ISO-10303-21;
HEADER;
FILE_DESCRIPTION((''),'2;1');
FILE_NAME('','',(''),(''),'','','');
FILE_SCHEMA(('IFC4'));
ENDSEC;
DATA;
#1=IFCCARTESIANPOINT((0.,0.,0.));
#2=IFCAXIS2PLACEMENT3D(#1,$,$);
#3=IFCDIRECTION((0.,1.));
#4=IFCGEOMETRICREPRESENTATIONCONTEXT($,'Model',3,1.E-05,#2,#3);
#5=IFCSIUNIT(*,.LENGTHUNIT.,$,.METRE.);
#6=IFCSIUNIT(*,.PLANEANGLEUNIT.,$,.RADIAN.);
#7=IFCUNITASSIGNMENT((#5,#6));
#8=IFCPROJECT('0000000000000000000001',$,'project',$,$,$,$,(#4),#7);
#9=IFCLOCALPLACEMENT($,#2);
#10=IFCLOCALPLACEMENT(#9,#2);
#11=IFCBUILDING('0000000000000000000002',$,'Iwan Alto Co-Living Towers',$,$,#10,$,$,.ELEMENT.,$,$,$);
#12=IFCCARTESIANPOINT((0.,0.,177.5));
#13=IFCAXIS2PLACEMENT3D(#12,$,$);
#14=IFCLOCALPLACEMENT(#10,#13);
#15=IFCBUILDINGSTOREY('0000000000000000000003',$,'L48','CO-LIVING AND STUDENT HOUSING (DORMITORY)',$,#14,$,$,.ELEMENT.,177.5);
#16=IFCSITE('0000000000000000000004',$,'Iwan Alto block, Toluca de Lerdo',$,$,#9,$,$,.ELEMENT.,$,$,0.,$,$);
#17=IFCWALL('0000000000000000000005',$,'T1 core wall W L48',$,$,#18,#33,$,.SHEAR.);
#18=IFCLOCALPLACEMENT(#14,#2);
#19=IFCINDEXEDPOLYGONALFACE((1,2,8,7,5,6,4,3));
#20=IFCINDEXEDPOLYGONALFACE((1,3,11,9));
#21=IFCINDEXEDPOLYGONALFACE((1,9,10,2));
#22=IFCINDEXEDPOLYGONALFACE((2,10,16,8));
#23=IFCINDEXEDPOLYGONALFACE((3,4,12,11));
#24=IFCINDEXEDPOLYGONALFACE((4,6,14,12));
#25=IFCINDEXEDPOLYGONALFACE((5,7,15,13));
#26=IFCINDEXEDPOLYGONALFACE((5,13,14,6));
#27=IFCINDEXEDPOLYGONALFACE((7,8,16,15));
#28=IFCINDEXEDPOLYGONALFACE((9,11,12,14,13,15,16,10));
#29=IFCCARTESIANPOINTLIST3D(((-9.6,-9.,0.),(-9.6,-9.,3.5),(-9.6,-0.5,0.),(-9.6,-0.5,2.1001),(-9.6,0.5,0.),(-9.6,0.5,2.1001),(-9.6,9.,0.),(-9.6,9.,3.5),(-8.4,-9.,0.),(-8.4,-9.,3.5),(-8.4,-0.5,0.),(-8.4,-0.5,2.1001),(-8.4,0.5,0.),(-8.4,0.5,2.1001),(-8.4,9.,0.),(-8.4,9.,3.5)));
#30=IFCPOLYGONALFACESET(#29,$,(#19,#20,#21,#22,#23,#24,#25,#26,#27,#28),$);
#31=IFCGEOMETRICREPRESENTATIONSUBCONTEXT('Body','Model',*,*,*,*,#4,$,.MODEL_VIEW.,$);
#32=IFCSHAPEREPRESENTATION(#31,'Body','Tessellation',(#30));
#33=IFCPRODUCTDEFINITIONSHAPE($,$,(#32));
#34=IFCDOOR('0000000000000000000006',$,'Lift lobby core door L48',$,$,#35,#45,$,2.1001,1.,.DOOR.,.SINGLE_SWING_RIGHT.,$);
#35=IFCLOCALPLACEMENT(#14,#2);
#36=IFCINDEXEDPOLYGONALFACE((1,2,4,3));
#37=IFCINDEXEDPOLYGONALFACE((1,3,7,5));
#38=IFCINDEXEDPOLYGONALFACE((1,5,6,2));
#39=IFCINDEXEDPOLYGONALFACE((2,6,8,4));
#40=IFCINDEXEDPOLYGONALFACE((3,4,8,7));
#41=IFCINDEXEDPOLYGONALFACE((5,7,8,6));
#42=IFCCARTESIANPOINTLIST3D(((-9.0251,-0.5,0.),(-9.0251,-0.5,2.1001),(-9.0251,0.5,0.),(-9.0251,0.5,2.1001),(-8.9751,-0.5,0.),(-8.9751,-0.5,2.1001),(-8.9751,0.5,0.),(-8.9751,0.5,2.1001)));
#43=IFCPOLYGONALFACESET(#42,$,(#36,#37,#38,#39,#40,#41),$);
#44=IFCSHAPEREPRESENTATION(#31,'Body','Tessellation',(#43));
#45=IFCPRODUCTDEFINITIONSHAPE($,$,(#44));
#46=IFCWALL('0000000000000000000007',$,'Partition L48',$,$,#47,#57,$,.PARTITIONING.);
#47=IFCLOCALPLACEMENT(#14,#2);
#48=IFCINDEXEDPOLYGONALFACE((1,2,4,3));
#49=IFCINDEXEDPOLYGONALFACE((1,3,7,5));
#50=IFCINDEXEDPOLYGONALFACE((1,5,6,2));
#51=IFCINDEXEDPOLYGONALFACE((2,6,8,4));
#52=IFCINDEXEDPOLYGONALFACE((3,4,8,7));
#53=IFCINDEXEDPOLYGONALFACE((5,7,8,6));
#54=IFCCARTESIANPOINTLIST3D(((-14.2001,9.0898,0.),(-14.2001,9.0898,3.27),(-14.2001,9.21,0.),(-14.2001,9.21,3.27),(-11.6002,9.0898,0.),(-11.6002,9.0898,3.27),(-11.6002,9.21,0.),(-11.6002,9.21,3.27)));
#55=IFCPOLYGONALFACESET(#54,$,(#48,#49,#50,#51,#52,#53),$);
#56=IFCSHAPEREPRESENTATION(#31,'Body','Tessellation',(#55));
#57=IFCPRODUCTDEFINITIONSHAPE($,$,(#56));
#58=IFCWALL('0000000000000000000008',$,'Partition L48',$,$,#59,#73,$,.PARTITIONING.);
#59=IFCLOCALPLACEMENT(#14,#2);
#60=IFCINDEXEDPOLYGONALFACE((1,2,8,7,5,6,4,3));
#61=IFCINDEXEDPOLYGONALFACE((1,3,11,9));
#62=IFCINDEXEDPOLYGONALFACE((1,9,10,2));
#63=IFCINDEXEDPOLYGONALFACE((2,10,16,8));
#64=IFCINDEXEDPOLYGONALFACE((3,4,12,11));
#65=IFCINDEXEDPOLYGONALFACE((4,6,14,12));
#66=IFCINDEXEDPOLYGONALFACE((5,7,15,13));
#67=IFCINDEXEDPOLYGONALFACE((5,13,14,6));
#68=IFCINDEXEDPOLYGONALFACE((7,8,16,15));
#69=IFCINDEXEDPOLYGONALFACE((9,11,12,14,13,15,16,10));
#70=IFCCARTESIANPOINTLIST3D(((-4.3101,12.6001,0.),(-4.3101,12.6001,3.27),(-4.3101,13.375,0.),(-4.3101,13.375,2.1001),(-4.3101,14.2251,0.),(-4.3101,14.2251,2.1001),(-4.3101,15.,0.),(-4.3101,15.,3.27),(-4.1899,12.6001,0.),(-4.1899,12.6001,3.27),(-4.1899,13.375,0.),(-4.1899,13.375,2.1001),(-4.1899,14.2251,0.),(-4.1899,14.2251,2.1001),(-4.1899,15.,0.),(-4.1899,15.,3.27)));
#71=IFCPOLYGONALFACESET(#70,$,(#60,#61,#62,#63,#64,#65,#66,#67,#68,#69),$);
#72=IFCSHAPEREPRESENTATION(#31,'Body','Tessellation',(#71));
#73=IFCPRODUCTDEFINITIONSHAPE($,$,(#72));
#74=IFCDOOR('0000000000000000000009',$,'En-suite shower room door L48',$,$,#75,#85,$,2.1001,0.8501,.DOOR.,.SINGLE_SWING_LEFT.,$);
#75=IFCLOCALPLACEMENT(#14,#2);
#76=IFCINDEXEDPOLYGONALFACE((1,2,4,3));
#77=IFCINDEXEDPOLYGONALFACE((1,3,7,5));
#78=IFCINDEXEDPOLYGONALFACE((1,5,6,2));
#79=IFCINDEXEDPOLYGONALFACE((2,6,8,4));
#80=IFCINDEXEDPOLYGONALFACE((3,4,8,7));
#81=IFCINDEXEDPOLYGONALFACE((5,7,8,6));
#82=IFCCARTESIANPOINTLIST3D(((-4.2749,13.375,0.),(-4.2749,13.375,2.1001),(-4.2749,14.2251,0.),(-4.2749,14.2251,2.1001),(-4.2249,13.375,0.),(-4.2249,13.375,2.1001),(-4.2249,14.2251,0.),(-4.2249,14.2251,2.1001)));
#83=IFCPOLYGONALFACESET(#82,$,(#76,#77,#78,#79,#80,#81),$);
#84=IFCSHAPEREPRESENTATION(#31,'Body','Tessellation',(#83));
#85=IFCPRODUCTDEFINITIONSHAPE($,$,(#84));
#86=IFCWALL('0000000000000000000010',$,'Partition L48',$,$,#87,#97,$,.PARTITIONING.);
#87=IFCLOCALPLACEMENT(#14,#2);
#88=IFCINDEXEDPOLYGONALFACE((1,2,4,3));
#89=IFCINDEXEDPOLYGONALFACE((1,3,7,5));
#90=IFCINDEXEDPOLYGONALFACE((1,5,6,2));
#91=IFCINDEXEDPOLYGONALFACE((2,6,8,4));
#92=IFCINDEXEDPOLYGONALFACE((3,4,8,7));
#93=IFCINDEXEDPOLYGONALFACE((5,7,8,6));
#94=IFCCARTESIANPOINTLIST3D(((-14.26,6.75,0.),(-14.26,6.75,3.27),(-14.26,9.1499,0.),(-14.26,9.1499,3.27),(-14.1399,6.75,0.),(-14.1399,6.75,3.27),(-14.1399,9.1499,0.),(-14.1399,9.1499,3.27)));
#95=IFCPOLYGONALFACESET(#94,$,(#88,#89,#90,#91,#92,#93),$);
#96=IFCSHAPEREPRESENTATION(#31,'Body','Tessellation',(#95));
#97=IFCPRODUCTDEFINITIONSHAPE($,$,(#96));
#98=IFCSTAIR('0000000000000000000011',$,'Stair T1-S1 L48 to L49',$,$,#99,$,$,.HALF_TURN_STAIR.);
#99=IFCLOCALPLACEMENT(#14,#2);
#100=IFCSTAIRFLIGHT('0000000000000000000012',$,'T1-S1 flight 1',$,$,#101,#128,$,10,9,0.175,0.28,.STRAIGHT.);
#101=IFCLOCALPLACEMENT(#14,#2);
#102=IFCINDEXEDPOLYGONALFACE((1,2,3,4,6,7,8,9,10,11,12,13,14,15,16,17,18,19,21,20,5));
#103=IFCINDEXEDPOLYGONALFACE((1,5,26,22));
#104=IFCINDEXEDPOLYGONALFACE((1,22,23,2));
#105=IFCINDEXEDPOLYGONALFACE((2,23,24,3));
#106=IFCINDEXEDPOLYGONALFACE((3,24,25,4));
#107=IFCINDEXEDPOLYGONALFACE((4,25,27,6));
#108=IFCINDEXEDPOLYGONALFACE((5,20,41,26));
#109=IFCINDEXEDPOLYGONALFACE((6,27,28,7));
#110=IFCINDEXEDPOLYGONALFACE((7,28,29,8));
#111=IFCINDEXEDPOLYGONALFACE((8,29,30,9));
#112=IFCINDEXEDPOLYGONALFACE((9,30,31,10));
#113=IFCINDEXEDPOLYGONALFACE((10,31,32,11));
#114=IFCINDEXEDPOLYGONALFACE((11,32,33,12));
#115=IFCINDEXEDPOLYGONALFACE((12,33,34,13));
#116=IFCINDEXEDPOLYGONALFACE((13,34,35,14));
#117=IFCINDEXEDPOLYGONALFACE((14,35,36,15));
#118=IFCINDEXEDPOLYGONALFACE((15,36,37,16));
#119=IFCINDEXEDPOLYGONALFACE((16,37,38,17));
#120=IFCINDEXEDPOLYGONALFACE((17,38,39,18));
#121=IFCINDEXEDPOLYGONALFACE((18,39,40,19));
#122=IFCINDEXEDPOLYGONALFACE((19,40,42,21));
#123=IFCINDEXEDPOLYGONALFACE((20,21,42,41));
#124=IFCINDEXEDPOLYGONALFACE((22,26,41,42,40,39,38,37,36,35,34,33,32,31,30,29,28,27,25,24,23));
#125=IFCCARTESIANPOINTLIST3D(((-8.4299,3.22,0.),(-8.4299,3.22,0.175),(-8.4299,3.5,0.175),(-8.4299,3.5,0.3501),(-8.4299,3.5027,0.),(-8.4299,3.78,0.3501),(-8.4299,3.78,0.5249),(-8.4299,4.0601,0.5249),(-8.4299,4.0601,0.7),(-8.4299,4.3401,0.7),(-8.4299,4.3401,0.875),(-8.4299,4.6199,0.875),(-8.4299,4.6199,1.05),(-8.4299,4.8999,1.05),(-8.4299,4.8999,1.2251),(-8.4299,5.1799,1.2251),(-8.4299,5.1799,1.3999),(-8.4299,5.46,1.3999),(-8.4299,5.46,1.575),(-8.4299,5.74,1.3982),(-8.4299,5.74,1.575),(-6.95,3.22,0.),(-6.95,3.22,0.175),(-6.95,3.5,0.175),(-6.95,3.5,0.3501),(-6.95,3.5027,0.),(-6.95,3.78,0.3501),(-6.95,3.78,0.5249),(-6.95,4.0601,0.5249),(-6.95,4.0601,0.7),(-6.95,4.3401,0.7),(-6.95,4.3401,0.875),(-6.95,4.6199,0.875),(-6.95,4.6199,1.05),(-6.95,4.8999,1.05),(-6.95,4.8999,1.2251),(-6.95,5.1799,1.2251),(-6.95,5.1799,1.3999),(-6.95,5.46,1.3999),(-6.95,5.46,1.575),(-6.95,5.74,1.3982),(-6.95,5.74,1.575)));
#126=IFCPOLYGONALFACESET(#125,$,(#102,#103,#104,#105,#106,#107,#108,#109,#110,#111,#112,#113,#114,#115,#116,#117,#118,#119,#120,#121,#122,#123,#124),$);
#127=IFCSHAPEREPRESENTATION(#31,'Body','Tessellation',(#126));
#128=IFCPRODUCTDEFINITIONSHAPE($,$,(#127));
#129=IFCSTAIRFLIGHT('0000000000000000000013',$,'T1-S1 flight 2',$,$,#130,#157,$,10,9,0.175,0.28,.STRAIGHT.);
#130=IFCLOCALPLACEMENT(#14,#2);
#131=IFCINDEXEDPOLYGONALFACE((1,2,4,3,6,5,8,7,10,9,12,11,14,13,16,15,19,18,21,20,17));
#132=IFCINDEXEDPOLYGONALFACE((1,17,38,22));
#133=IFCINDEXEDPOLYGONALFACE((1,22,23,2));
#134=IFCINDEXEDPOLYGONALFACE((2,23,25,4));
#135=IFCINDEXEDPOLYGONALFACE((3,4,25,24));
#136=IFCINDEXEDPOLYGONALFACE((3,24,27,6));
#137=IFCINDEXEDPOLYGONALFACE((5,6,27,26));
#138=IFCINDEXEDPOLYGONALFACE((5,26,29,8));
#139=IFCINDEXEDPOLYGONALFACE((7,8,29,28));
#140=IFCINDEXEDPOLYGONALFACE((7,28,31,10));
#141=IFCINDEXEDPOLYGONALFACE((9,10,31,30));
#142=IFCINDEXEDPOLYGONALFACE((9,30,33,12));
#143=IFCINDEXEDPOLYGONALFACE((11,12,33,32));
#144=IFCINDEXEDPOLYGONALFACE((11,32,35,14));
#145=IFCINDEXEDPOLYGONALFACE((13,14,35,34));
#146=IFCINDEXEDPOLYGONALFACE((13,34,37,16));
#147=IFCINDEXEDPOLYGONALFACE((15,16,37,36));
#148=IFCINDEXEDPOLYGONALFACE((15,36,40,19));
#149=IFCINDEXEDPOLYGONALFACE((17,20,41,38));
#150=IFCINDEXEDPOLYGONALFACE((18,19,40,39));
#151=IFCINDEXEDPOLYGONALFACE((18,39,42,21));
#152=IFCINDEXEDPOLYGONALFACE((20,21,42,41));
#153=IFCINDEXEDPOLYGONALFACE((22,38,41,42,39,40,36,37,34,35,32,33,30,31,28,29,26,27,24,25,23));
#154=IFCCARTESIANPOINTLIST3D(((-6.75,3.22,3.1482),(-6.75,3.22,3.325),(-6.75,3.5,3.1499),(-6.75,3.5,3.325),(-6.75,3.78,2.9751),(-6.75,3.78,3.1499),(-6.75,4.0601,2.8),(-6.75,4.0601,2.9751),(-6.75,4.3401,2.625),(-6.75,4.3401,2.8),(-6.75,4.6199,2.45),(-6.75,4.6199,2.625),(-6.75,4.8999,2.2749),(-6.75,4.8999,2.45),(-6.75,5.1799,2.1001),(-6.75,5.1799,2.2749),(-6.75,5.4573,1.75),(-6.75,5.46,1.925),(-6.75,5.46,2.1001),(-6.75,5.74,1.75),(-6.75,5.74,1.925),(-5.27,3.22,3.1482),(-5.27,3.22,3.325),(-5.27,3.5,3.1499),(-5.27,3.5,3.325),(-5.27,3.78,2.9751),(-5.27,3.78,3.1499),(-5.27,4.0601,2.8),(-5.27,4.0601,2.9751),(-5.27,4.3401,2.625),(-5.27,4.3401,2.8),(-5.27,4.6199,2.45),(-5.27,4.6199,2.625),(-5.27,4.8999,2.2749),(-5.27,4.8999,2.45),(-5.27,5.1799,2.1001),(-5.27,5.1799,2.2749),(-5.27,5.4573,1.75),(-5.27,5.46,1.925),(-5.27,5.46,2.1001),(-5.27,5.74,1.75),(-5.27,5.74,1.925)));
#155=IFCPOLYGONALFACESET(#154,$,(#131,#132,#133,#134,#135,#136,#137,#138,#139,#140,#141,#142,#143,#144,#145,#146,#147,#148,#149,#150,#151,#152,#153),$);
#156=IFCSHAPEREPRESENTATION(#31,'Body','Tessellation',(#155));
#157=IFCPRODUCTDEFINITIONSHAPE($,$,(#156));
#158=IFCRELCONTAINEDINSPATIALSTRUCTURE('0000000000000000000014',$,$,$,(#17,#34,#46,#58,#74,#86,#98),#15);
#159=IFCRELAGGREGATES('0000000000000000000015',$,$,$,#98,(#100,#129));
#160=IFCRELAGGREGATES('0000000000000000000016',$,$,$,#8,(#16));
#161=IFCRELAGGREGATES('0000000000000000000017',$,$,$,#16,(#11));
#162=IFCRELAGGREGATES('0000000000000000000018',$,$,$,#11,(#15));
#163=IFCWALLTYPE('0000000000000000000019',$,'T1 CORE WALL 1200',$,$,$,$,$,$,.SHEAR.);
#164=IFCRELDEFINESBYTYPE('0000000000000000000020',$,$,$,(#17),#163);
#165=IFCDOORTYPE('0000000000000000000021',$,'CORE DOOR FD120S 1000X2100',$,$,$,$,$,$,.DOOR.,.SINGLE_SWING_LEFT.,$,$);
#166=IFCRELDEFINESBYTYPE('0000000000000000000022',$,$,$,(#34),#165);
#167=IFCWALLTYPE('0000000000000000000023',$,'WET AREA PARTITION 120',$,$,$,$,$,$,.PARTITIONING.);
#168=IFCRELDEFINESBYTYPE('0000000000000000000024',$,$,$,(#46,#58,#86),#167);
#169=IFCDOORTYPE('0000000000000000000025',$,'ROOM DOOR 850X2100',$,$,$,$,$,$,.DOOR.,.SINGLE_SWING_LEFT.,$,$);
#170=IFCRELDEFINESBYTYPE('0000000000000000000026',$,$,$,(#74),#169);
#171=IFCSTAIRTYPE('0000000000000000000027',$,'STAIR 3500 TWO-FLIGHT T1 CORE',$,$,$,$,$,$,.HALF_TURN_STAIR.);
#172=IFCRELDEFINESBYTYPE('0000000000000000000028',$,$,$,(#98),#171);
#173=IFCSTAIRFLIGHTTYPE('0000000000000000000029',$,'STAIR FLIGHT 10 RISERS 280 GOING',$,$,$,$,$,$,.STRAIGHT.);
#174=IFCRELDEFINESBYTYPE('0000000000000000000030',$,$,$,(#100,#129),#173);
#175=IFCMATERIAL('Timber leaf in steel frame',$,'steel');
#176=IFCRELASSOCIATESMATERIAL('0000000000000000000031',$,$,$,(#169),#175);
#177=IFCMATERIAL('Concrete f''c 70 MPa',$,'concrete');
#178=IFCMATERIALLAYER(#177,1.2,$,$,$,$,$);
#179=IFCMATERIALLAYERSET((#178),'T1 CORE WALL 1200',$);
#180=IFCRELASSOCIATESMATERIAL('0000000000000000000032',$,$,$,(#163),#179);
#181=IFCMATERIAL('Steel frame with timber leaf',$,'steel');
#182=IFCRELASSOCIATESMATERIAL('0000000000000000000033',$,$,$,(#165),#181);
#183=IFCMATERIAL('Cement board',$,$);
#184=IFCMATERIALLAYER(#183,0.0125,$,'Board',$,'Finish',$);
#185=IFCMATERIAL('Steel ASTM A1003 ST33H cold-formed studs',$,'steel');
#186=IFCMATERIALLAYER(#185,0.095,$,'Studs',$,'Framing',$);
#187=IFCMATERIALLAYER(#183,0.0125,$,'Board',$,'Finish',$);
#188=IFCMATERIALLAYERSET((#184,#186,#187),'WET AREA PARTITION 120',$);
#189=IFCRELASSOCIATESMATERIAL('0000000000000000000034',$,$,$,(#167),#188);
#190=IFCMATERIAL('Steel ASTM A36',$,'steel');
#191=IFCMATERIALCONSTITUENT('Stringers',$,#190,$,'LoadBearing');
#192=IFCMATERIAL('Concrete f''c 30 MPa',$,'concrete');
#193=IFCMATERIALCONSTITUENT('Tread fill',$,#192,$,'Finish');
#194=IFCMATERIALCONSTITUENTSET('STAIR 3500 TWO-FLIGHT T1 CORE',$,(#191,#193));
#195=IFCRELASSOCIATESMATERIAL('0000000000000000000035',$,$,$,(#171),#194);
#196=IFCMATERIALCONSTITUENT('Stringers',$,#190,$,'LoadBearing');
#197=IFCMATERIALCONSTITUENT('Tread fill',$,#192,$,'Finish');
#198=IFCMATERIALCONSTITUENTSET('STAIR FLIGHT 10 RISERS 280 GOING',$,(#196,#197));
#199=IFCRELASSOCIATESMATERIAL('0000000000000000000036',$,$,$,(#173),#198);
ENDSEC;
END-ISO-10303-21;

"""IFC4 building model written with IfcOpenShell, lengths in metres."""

from ifc_helpers import new_model, si_unit, direction, frame, frame_2d, origin, place, context, subcontext, project, spatial, polyline, rectangle, outline, extrude, material, layer, layer_set, constituent, constituent_set, type_object, element, fill, aggregate, save


model = new_model("IFC4")

# Units and contexts
model_context = context("Model", 3, precision=1e-05, world=origin(), true_north=direction((0.0, 1.0)))
body_context = subcontext(model_context, "Body", "Model", "MODEL_VIEW")
ifc_project = project(units=[si_unit("LENGTHUNIT", "METRE"), si_unit("PLANEANGLEUNIT", "RADIAN")], contexts=[model_context])

# Site, building, storey
site_placement = place(None, origin())
site = spatial("IfcSite", under=ifc_project, at=site_placement, Name="Iwan Alto block, Toluca de Lerdo", CompositionType="ELEMENT", RefElevation=0.0)
building_placement = place(site_placement, origin())
building = spatial("IfcBuilding", under=site, at=building_placement, Name="Iwan Alto Co-Living Towers", CompositionType="ELEMENT")
storey_placement = place(building_placement, frame((0.0, 0.0, 177.5)))
storey = spatial("IfcBuildingStorey", under=building, at=storey_placement, Name="L48", Description="CO-LIVING AND STUDENT HOUSING (DORMITORY)", CompositionType="ELEMENT", Elevation=177.5)

# Shared definitions
ifc_material_1 = material(Name="Steel ASTM A1003 ST33H cold-formed studs", Category="steel")

# Shared definitions
ifc_material_2 = material(Name="Timber leaf in steel frame", Category="steel")
door_type_1 = type_object("IfcDoorType", Name="ROOM DOOR 850X2100", OperationType="SINGLE_SWING_LEFT", PredefinedType="DOOR", material=ifc_material_2)

# Wall, opening, door
ifc_material_3 = material(Name="Concrete f'c 70 MPa", Category="concrete")
ifc_layer_1 = layer(ifc_material_3, 1.2)
ifc_layer_set_1 = layer_set([ifc_layer_1], Name="T1 CORE WALL 1200")
wall_type_1 = type_object("IfcWallType", Name="T1 CORE WALL 1200", PredefinedType="SHEAR", material=ifc_layer_set_1)
wall_1_placement = place(storey_placement, frame((-9.0, 9.0, 0.0), z_axis=(0.0, 0.0, 1.0), x_axis=(0.0, -1.0, 0.0)))
wall_1 = element("IfcWall", 1, at=wall_1_placement, inside=storey, type_object=wall_type_1, Name="T1 core wall W L48", PredefinedType="SHEAR", context=body_context, shape_type="SweptSolid", body=[
    extrude(rectangle(XDim=18.0, YDim=1.2, at=frame_2d((9.0, 0.0))), origin(), (0.0, 0.0, 1.0), 3.5),
])
opening_1_placement = place(wall_1_placement, frame((8.5, 0.0, 0.0)))
opening_1 = element("IfcOpeningElement", 2, at=opening_1_placement, cuts=wall_1, PredefinedType="OPENING", context=body_context, shape_type="SweptSolid", body=[
    extrude(rectangle(XDim=1.0, YDim=2.1001, at=frame_2d((0.5, 1.05))), frame((0.0, 0.6099, 0.0), z_axis=(0.0, -1.0, 0.0), x_axis=(1.0, 0.0, 0.0)), (0.0, 0.0, 1.0), 1.22),
])
ifc_material_4 = material(Name="Steel frame with timber leaf", Category="steel")
door_type_2 = type_object("IfcDoorType", Name="CORE DOOR FD120S 1000X2100", OperationType="SINGLE_SWING_LEFT", PredefinedType="DOOR", material=ifc_material_4)
door_1_placement = place(opening_1_placement, origin())
door_1 = element("IfcDoor", 3, at=door_1_placement, inside=storey, type_object=door_type_2, Name="Lift lobby core door L48", OperationType="SINGLE_SWING_RIGHT", OverallHeight=2.1001, OverallWidth=1.0, PredefinedType="DOOR", context=body_context, shape_type="SweptSolid", body=[
    extrude(rectangle(XDim=1.0, YDim=2.1001, at=frame_2d((0.5, 1.05))), frame((0.0, 0.0249, 0.0), z_axis=(0.0, -1.0, 0.0), x_axis=(1.0, 0.0, 0.0)), (0.0, 0.0, 1.0), 0.05),
])
fill(opening_1, door_1)

# Wall
ifc_material_5 = material(Name="Cement board")
ifc_layer_2 = layer(ifc_material_5, 0.0125, Name="Board", Category="Finish")
ifc_layer_3 = layer(ifc_material_1, 0.095, Name="Studs", Category="Framing")
ifc_layer_4 = layer(ifc_material_5, 0.0125, Name="Board", Category="Finish")
ifc_layer_set_2 = layer_set([ifc_layer_2, ifc_layer_3, ifc_layer_4], Name="WET AREA PARTITION 120")
wall_type_2 = type_object("IfcWallType", Name="WET AREA PARTITION 120", PredefinedType="PARTITIONING", material=ifc_layer_set_2)
wall_2_placement = place(storey_placement, frame((-14.2, 9.1499, 0.0), z_axis=(0.0, 0.0, 1.0), x_axis=(1.0, 0.0, 0.0)))
element("IfcWall", 4, at=wall_2_placement, inside=storey, type_object=wall_type_2, Name="Partition L48", PredefinedType="PARTITIONING", context=body_context, shape_type="SweptSolid", body=[
    extrude(rectangle(XDim=2.5999, YDim=0.1201, at=frame_2d((1.2998, 0.0))), origin(), (0.0, 0.0, 1.0), 3.27),
])

# Wall, opening, door
wall_3_placement = place(storey_placement, frame((-4.25, 12.6001, 0.0), z_axis=(0.0, 0.0, 1.0), x_axis=(0.0, 1.0, 0.0)))
wall_3 = element("IfcWall", 5, at=wall_3_placement, inside=storey, type_object=wall_type_2, Name="Partition L48", PredefinedType="PARTITIONING", context=body_context, shape_type="SweptSolid", body=[
    extrude(rectangle(XDim=2.3999, YDim=0.1201, at=frame_2d((1.2, 0.0))), origin(), (0.0, 0.0, 1.0), 3.27),
])
opening_2_placement = place(wall_3_placement, frame((0.7749, 0.0, 0.0)))
opening_2 = element("IfcOpeningElement", 6, at=opening_2_placement, cuts=wall_3, PredefinedType="OPENING", context=body_context, shape_type="SweptSolid", body=[
    extrude(rectangle(XDim=0.8501, YDim=2.1001, at=frame_2d((0.425, 1.05))), frame((0.0, 0.0701, 0.0), z_axis=(0.0, -1.0, 0.0), x_axis=(1.0, 0.0, 0.0)), (0.0, 0.0, 1.0), 0.1401),
])
door_2_placement = place(opening_2_placement, origin())
door_2 = element("IfcDoor", 7, at=door_2_placement, inside=storey, type_object=door_type_1, Name="En-suite shower room door L48", OperationType="SINGLE_SWING_LEFT", OverallHeight=2.1001, OverallWidth=0.8501, PredefinedType="DOOR", context=body_context, shape_type="SweptSolid", body=[
    extrude(rectangle(XDim=0.8501, YDim=2.1001, at=frame_2d((0.425, 1.05))), frame((0.0, 0.0249, 0.0), z_axis=(0.0, -1.0, 0.0), x_axis=(1.0, 0.0, 0.0)), (0.0, 0.0, 1.0), 0.05),
])
fill(opening_2, door_2)

# Wall
wall_4_placement = place(storey_placement, frame((-14.2, 6.75, 0.0), z_axis=(0.0, 0.0, 1.0), x_axis=(0.0, 1.0, 0.0)))
element("IfcWall", 8, at=wall_4_placement, inside=storey, type_object=wall_type_2, Name="Partition L48", PredefinedType="PARTITIONING", context=body_context, shape_type="SweptSolid", body=[
    extrude(rectangle(XDim=2.3999, YDim=0.1201, at=frame_2d((1.2, 0.0))), origin(), (0.0, 0.0, 1.0), 3.27),
])

# Stair, stair flights
ifc_material_6 = material(Name="Steel ASTM A36", Category="steel")
ifc_constituent_1 = constituent(ifc_material_6, Name="Stringers", Category="LoadBearing")
ifc_material_7 = material(Name="Concrete f'c 30 MPa", Category="concrete")
ifc_constituent_2 = constituent(ifc_material_7, Name="Tread fill", Category="Finish")
ifc_constituent_set_1 = constituent_set(constituents=[ifc_constituent_1, ifc_constituent_2], Name="STAIR 3500 TWO-FLIGHT T1 CORE")
stair_type = type_object("IfcStairType", Name="STAIR 3500 TWO-FLIGHT T1 CORE", PredefinedType="HALF_TURN_STAIR", material=ifc_constituent_set_1)
stair_placement = place(storey_placement, origin())
stair = element("IfcStair", 9, at=stair_placement, inside=storey, type_object=stair_type, Name="Stair T1-S1 L48 to L49", PredefinedType="HALF_TURN_STAIR")
ifc_constituent_3 = constituent(ifc_material_6, Name="Stringers", Category="LoadBearing")
ifc_constituent_4 = constituent(ifc_material_7, Name="Tread fill", Category="Finish")
ifc_constituent_set_2 = constituent_set(constituents=[ifc_constituent_3, ifc_constituent_4], Name="STAIR FLIGHT 10 RISERS 280 GOING")
stair_flight_type = type_object("IfcStairFlightType", Name="STAIR FLIGHT 10 RISERS 280 GOING", PredefinedType="STRAIGHT", material=ifc_constituent_set_2)
stair_flight_1_placement = place(storey_placement, frame((-7.6899, 3.22, 0.0), z_axis=(0.0, 0.0, 1.0), x_axis=(0.0, 1.0, 0.0)))
stair_flight_1 = element("IfcStairFlight", 10, at=stair_flight_1_placement, type_object=stair_flight_type, Name="T1-S1 flight 1", NumberOfRisers=10, NumberOfTreads=9, PredefinedType="STRAIGHT", RiserHeight=0.175, TreadLength=0.28, context=body_context, shape_type="SweptSolid", body=[
    extrude(outline(polyline([(0.0, 0.0), (0.0, 0.175), (0.28, 0.175), (0.28, 0.3501), (0.5601, 0.3501), (0.5601, 0.5249), (0.8401, 0.5249), (0.8401, 0.7), (1.1201, 0.7), (1.1201, 0.875), (1.3999, 0.875), (1.3999, 1.05), (1.6799, 1.05), (1.6799, 1.2251), (1.96, 1.2251), (1.96, 1.3999), (2.24, 1.3999), (2.24, 1.575), (2.52, 1.575), (2.52, 1.75), (2.52, 1.3982), (0.2827, 0.0), (0.0, 0.0)])), frame((0.0, 0.74, 0.0), z_axis=(0.0, -1.0, 0.0), x_axis=(1.0, 0.0, 0.0)), (0.0, 0.0, 1.0), 1.48),
])
stair_flight_2_placement = place(storey_placement, frame((-6.01, 5.74, 1.75), z_axis=(0.0, 0.0, 1.0), x_axis=(0.0, -1.0, 0.0)))
stair_flight_2 = element("IfcStairFlight", 11, at=stair_flight_2_placement, type_object=stair_flight_type, Name="T1-S1 flight 2", NumberOfRisers=10, NumberOfTreads=9, PredefinedType="STRAIGHT", RiserHeight=0.175, TreadLength=0.28, context=body_context, shape_type="SweptSolid", body=[
    extrude(outline(polyline([(0.0, 0.0), (0.0, 0.175), (0.28, 0.175), (0.28, 0.3501), (0.5601, 0.3501), (0.5601, 0.5249), (0.8401, 0.5249), (0.8401, 0.7), (1.1201, 0.7), (1.1201, 0.875), (1.3999, 0.875), (1.3999, 1.05), (1.6799, 1.05), (1.6799, 1.2251), (1.96, 1.2251), (1.96, 1.3999), (2.24, 1.3999), (2.24, 1.575), (2.52, 1.575), (2.52, 1.75), (2.52, 1.3982), (0.2827, 0.0), (0.0, 0.0)])), frame((0.0, 0.74, 0.0), z_axis=(0.0, -1.0, 0.0), x_axis=(1.0, 0.0, 0.0)), (0.0, 0.0, 1.0), 1.48),
])
aggregate(stair, [stair_flight_1, stair_flight_2])

save(model, "model.ifc")
